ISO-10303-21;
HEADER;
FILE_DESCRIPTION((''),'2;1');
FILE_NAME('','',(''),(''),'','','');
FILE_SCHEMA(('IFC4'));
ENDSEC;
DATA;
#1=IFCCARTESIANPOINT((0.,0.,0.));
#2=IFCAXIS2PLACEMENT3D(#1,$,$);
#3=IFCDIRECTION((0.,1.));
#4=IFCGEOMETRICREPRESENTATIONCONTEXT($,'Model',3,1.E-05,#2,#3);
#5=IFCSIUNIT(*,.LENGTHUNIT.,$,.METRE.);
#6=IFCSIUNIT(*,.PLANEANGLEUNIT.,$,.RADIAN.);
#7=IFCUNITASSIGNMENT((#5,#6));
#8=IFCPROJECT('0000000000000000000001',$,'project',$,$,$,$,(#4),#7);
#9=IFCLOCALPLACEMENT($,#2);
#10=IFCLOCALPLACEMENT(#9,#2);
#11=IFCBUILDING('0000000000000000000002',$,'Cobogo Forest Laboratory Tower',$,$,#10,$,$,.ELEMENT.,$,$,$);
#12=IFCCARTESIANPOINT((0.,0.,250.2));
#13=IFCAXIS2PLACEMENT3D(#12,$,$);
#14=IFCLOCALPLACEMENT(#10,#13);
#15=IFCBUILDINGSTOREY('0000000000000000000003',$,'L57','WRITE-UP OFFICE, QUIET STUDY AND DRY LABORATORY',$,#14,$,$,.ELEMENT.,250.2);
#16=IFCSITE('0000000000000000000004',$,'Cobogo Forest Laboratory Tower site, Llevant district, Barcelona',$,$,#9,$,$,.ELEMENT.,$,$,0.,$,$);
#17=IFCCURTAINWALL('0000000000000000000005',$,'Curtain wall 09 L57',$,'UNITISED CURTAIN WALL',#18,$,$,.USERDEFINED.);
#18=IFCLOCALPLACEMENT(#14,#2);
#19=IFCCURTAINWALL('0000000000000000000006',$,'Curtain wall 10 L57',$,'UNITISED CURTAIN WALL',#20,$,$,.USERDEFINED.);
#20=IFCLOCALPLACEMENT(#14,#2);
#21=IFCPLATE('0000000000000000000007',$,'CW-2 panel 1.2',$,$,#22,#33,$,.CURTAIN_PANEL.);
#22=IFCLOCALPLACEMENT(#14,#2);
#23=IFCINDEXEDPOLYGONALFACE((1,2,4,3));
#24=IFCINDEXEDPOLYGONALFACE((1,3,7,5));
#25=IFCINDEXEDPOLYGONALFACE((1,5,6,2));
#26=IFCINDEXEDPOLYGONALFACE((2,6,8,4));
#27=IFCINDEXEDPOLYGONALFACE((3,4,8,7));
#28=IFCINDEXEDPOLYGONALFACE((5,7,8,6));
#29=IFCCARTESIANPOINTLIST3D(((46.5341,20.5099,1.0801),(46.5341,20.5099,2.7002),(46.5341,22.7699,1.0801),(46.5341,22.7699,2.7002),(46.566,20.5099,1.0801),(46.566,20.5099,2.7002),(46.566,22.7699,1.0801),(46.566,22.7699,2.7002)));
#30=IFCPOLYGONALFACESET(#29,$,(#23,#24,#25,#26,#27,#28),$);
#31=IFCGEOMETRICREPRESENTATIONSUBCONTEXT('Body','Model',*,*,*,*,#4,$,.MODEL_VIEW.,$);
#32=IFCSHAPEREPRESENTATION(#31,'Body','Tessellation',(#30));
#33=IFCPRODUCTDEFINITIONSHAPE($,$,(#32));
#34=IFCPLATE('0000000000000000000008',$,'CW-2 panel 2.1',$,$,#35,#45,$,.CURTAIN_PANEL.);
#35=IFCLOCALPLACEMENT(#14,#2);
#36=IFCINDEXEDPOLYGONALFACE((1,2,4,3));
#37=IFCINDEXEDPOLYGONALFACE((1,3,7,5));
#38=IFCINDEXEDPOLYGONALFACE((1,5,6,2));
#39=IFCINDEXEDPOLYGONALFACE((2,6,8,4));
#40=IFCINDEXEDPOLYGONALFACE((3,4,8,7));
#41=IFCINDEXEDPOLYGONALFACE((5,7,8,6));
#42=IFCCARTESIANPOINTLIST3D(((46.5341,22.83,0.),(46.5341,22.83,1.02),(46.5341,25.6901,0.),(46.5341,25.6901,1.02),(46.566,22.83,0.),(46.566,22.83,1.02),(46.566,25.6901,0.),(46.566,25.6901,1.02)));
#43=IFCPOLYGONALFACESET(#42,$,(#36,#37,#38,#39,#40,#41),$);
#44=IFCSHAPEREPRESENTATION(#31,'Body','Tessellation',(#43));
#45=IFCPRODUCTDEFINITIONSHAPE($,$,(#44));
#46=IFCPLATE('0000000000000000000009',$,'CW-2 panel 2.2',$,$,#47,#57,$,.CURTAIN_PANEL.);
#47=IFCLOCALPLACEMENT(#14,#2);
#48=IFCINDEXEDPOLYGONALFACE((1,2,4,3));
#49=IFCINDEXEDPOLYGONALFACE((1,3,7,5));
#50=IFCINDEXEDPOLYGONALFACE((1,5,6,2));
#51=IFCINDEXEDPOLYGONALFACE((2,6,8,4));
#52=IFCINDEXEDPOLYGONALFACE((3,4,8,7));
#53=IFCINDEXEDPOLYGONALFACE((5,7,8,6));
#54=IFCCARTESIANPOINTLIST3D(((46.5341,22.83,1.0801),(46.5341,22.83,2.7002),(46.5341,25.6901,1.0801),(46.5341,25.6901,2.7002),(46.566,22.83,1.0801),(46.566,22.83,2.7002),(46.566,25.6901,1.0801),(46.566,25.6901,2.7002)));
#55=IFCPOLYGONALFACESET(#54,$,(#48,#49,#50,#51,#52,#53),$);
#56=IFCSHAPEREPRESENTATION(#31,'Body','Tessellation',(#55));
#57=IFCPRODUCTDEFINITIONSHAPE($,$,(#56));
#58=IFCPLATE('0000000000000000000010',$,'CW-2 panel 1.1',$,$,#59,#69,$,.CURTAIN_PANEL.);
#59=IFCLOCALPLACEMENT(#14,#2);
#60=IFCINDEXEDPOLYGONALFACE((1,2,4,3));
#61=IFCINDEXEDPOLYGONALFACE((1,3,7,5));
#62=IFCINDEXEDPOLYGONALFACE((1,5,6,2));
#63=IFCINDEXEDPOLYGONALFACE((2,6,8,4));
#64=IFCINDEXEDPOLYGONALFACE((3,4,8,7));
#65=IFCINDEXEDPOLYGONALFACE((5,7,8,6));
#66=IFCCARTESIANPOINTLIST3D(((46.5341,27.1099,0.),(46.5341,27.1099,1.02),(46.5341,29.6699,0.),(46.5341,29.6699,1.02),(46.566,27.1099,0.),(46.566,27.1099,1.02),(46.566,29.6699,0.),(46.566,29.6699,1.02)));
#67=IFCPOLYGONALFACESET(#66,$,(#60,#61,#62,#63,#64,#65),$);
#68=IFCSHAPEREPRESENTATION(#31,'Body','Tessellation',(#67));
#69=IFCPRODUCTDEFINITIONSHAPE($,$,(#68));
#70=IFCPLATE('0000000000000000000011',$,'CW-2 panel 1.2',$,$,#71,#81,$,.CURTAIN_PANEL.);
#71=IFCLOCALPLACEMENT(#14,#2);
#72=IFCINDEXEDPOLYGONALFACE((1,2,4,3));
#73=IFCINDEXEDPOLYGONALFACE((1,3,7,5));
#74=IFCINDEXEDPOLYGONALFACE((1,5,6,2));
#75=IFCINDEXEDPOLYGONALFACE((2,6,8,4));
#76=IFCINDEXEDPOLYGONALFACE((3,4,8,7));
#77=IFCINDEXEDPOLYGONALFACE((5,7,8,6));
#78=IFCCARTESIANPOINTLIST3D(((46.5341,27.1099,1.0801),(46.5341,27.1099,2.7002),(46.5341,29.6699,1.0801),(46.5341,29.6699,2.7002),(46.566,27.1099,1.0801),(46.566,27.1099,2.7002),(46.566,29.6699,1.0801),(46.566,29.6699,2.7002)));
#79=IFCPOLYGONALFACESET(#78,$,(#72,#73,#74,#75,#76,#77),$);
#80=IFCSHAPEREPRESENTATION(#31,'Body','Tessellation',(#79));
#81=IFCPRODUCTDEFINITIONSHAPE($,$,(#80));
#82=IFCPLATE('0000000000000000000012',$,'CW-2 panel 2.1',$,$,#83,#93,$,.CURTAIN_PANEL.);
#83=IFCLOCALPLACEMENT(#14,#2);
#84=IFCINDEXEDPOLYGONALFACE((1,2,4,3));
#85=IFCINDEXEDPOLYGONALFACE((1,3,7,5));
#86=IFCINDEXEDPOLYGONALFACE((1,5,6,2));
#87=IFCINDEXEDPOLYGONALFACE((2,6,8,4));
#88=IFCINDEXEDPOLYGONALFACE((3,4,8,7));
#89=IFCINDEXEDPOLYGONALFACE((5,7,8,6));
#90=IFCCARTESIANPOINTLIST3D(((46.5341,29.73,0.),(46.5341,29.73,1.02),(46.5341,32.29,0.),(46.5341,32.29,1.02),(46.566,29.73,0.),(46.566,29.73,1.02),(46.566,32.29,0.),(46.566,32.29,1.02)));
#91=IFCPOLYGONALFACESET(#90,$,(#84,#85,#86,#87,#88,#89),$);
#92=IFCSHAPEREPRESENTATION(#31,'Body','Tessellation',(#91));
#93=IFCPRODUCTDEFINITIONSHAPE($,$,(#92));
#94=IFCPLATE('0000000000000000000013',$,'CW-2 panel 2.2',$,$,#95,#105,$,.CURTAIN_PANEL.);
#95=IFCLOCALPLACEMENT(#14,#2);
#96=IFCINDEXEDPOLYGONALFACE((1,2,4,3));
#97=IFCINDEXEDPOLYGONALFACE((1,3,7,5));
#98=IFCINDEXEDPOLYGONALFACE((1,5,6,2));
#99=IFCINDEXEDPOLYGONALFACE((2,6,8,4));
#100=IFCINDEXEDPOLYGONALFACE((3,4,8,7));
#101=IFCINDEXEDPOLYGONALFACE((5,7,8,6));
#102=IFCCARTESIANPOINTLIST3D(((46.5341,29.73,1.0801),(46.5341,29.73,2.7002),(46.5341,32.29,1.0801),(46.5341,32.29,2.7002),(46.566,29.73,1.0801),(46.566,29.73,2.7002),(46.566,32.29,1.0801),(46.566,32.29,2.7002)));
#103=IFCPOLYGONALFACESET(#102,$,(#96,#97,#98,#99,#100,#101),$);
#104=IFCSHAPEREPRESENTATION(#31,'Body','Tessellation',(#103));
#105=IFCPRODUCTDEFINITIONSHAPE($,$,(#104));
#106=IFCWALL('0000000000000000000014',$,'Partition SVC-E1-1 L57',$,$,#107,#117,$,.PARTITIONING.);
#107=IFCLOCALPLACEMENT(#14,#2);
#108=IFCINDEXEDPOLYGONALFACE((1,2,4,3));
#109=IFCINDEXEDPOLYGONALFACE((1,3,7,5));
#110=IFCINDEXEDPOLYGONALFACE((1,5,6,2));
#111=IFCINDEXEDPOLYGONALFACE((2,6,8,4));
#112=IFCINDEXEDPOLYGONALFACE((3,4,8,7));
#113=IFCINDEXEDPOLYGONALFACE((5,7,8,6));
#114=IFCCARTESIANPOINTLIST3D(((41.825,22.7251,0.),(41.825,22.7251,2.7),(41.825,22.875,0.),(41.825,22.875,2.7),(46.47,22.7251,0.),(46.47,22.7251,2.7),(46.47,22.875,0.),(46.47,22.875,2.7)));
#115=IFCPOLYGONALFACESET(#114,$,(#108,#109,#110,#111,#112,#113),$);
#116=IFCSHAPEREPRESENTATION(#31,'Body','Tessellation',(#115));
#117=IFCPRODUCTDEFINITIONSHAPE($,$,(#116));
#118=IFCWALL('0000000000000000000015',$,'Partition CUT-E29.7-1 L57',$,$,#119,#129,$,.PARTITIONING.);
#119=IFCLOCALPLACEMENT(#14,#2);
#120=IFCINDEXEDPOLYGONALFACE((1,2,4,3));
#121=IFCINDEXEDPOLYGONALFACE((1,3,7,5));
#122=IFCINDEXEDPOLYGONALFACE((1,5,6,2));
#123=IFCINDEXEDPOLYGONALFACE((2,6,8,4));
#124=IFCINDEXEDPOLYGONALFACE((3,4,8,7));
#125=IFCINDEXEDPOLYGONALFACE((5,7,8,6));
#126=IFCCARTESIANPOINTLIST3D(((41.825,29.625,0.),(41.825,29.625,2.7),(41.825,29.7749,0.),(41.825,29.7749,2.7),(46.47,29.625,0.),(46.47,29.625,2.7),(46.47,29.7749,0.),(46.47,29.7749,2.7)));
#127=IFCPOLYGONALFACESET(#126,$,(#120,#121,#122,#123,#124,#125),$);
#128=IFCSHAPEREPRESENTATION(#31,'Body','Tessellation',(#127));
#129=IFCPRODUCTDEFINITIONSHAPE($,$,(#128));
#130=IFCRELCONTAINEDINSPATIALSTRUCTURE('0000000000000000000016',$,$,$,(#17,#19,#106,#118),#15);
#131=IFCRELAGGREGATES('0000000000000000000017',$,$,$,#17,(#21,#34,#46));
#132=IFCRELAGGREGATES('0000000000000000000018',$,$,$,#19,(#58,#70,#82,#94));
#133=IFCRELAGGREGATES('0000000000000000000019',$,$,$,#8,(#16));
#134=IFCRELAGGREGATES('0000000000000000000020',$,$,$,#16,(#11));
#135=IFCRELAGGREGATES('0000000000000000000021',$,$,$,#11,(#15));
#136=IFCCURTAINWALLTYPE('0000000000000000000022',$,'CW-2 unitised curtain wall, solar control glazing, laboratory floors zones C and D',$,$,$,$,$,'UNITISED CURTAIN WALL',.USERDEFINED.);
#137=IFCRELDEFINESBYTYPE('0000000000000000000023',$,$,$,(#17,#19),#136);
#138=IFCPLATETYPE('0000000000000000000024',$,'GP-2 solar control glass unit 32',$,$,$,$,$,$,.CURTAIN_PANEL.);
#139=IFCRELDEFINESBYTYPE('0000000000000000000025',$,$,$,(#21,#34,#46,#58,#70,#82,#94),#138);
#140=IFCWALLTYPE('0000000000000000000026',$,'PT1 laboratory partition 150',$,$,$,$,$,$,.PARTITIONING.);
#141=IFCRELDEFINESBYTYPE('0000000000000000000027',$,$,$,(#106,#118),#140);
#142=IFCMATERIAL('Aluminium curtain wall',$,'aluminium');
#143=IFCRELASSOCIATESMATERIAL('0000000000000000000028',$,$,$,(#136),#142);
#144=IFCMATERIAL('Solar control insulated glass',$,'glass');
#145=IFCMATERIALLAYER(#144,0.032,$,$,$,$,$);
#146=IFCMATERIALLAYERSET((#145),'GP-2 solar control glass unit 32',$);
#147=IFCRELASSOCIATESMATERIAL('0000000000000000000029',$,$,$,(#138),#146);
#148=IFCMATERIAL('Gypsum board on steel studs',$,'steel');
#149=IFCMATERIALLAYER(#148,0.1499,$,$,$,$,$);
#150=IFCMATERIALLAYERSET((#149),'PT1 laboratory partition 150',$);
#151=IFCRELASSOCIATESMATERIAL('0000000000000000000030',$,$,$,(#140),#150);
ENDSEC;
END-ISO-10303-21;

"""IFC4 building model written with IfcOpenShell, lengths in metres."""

from ifc_helpers import new_model, si_unit, direction, frame, frame_2d, origin, origin_2d, place, context, subcontext, project, spatial, rectangle, extrude, material, layer, layer_set, type_object, element, aggregate, save


model = new_model("IFC4")

# Units and contexts
model_context = context("Model", 3, precision=1e-05, world=origin(), true_north=direction((0.0, 1.0)))
body_context = subcontext(model_context, "Body", "Model", "MODEL_VIEW")
ifc_project = project(units=[si_unit("LENGTHUNIT", "METRE"), si_unit("PLANEANGLEUNIT", "RADIAN")], contexts=[model_context])

# Site, building, storey
site_placement = place(None, origin())
site = spatial("IfcSite", under=ifc_project, at=site_placement, Name="Cobogo Forest Laboratory Tower site, Llevant district, Barcelona", CompositionType="ELEMENT", RefElevation=0.0)
building_placement = place(site_placement, origin())
building = spatial("IfcBuilding", under=site, at=building_placement, Name="Cobogo Forest Laboratory Tower", CompositionType="ELEMENT")
storey_placement = place(building_placement, frame((0.0, 0.0, 250.2)))
storey = spatial("IfcBuildingStorey", under=building, at=storey_placement, Name="L57", Description="WRITE-UP OFFICE, QUIET STUDY AND DRY LABORATORY", CompositionType="ELEMENT", Elevation=250.2)

# Curtain walls
ifc_material_1 = material(Name="Aluminium curtain wall", Category="aluminium")
curtain_wall_type = type_object("IfcCurtainWallType", Name="CW-2 unitised curtain wall, solar control glazing, laboratory floors zones C and D", ElementType="UNITISED CURTAIN WALL", PredefinedType="USERDEFINED", material=ifc_material_1)
curtain_wall_1_placement = place(storey_placement, origin())
curtain_wall_1 = element("IfcCurtainWall", 1, at=curtain_wall_1_placement, inside=storey, type_object=curtain_wall_type, Name="Curtain wall 09 L57", ObjectType="UNITISED CURTAIN WALL", PredefinedType="USERDEFINED")
curtain_wall_2_placement = place(storey_placement, origin())
curtain_wall_2 = element("IfcCurtainWall", 2, at=curtain_wall_2_placement, inside=storey, type_object=curtain_wall_type, Name="Curtain wall 10 L57", ObjectType="UNITISED CURTAIN WALL", PredefinedType="USERDEFINED")

# Plates
ifc_material_2 = material(Name="Solar control insulated glass", Category="glass")
ifc_layer_1 = layer(ifc_material_2, 0.032)
ifc_layer_set_1 = layer_set([ifc_layer_1], Name="GP-2 solar control glass unit 32")
plate_type_1 = type_object("IfcPlateType", Name="GP-2 solar control glass unit 32", PredefinedType="CURTAIN_PANEL", material=ifc_layer_set_1)
plate_1_placement = place(storey_placement, frame((46.55, 21.6399, 1.0801), z_axis=(0.0, 0.0, 1.0), x_axis=(0.0, 1.0, 0.0)))
plate_1 = element("IfcPlate", 3, at=plate_1_placement, type_object=plate_type_1, Name="CW-2 panel 1.2", PredefinedType="CURTAIN_PANEL", context=body_context, shape_type="SweptSolid", body=[
    extrude(rectangle(XDim=2.26, YDim=0.032, at=origin_2d()), origin(), (0.0, 0.0, 1.0), 1.6201),
])
plate_2_placement = place(storey_placement, frame((46.55, 24.26, 0.0), z_axis=(0.0, 0.0, 1.0), x_axis=(0.0, 1.0, 0.0)))
plate_2 = element("IfcPlate", 4, at=plate_2_placement, type_object=plate_type_1, Name="CW-2 panel 2.1", PredefinedType="CURTAIN_PANEL", context=body_context, shape_type="SweptSolid", body=[
    extrude(rectangle(XDim=2.8601, YDim=0.032, at=origin_2d()), origin(), (0.0, 0.0, 1.0), 1.02),
])
plate_3_placement = place(storey_placement, frame((46.55, 24.26, 1.0801), z_axis=(0.0, 0.0, 1.0), x_axis=(0.0, 1.0, 0.0)))
plate_3 = element("IfcPlate", 5, at=plate_3_placement, type_object=plate_type_1, Name="CW-2 panel 2.2", PredefinedType="CURTAIN_PANEL", context=body_context, shape_type="SweptSolid", body=[
    extrude(rectangle(XDim=2.8601, YDim=0.032, at=origin_2d()), origin(), (0.0, 0.0, 1.0), 1.6201),
])
aggregate(curtain_wall_1, [plate_1, plate_2, plate_3])
plate_4_placement = place(storey_placement, frame((46.55, 28.3899, 0.0), z_axis=(0.0, 0.0, 1.0), x_axis=(0.0, 1.0, 0.0)))
plate_4 = element("IfcPlate", 6, at=plate_4_placement, type_object=plate_type_1, Name="CW-2 panel 1.1", PredefinedType="CURTAIN_PANEL", context=body_context, shape_type="SweptSolid", body=[
    extrude(rectangle(XDim=2.5601, YDim=0.032, at=origin_2d()), origin(), (0.0, 0.0, 1.0), 1.02),
])
plate_5_placement = place(storey_placement, frame((46.55, 28.3899, 1.0801), z_axis=(0.0, 0.0, 1.0), x_axis=(0.0, 1.0, 0.0)))
plate_5 = element("IfcPlate", 7, at=plate_5_placement, type_object=plate_type_1, Name="CW-2 panel 1.2", PredefinedType="CURTAIN_PANEL", context=body_context, shape_type="SweptSolid", body=[
    extrude(rectangle(XDim=2.5601, YDim=0.032, at=origin_2d()), origin(), (0.0, 0.0, 1.0), 1.6201),
])
plate_6_placement = place(storey_placement, frame((46.55, 31.01, 0.0), z_axis=(0.0, 0.0, 1.0), x_axis=(0.0, 1.0, 0.0)))
plate_6 = element("IfcPlate", 8, at=plate_6_placement, type_object=plate_type_1, Name="CW-2 panel 2.1", PredefinedType="CURTAIN_PANEL", context=body_context, shape_type="SweptSolid", body=[
    extrude(rectangle(XDim=2.5601, YDim=0.032, at=origin_2d()), origin(), (0.0, 0.0, 1.0), 1.02),
])
plate_7_placement = place(storey_placement, frame((46.55, 31.01, 1.0801), z_axis=(0.0, 0.0, 1.0), x_axis=(0.0, 1.0, 0.0)))
plate_7 = element("IfcPlate", 9, at=plate_7_placement, type_object=plate_type_1, Name="CW-2 panel 2.2", PredefinedType="CURTAIN_PANEL", context=body_context, shape_type="SweptSolid", body=[
    extrude(rectangle(XDim=2.5601, YDim=0.032, at=origin_2d()), origin(), (0.0, 0.0, 1.0), 1.6201),
])
aggregate(curtain_wall_2, [plate_4, plate_5, plate_6, plate_7])

# Walls
ifc_material_3 = material(Name="Gypsum board on steel studs", Category="steel")
ifc_layer_2 = layer(ifc_material_3, 0.1499)
ifc_layer_set_2 = layer_set([ifc_layer_2], Name="PT1 laboratory partition 150")
wall_type = type_object("IfcWallType", Name="PT1 laboratory partition 150", PredefinedType="PARTITIONING", material=ifc_layer_set_2)
for number, where, z_axis, x_axis, name in (
    (10, (46.47, 22.8, 0.0), (0.0, 0.0, 1.0), (-1.0, 0.0, 0.0), "Partition SVC-E1-1 L57"),
    (11, (46.47, 29.7, 0.0), (0.0, 0.0, 1.0), (-1.0, 0.0, 0.0), "Partition CUT-E29.7-1 L57"),
):
    element("IfcWall", number, at=place(storey_placement, frame(where, z_axis=z_axis, x_axis=x_axis)), inside=storey, type_object=wall_type, Name=name, PredefinedType="PARTITIONING", context=body_context, shape_type="SweptSolid", body=[
        extrude(rectangle(XDim=4.645, YDim=0.1499, at=frame_2d((2.3225, 0.0))), origin(), (0.0, 0.0, 1.0), 2.7),
    ])

save(model, "model.ifc")
